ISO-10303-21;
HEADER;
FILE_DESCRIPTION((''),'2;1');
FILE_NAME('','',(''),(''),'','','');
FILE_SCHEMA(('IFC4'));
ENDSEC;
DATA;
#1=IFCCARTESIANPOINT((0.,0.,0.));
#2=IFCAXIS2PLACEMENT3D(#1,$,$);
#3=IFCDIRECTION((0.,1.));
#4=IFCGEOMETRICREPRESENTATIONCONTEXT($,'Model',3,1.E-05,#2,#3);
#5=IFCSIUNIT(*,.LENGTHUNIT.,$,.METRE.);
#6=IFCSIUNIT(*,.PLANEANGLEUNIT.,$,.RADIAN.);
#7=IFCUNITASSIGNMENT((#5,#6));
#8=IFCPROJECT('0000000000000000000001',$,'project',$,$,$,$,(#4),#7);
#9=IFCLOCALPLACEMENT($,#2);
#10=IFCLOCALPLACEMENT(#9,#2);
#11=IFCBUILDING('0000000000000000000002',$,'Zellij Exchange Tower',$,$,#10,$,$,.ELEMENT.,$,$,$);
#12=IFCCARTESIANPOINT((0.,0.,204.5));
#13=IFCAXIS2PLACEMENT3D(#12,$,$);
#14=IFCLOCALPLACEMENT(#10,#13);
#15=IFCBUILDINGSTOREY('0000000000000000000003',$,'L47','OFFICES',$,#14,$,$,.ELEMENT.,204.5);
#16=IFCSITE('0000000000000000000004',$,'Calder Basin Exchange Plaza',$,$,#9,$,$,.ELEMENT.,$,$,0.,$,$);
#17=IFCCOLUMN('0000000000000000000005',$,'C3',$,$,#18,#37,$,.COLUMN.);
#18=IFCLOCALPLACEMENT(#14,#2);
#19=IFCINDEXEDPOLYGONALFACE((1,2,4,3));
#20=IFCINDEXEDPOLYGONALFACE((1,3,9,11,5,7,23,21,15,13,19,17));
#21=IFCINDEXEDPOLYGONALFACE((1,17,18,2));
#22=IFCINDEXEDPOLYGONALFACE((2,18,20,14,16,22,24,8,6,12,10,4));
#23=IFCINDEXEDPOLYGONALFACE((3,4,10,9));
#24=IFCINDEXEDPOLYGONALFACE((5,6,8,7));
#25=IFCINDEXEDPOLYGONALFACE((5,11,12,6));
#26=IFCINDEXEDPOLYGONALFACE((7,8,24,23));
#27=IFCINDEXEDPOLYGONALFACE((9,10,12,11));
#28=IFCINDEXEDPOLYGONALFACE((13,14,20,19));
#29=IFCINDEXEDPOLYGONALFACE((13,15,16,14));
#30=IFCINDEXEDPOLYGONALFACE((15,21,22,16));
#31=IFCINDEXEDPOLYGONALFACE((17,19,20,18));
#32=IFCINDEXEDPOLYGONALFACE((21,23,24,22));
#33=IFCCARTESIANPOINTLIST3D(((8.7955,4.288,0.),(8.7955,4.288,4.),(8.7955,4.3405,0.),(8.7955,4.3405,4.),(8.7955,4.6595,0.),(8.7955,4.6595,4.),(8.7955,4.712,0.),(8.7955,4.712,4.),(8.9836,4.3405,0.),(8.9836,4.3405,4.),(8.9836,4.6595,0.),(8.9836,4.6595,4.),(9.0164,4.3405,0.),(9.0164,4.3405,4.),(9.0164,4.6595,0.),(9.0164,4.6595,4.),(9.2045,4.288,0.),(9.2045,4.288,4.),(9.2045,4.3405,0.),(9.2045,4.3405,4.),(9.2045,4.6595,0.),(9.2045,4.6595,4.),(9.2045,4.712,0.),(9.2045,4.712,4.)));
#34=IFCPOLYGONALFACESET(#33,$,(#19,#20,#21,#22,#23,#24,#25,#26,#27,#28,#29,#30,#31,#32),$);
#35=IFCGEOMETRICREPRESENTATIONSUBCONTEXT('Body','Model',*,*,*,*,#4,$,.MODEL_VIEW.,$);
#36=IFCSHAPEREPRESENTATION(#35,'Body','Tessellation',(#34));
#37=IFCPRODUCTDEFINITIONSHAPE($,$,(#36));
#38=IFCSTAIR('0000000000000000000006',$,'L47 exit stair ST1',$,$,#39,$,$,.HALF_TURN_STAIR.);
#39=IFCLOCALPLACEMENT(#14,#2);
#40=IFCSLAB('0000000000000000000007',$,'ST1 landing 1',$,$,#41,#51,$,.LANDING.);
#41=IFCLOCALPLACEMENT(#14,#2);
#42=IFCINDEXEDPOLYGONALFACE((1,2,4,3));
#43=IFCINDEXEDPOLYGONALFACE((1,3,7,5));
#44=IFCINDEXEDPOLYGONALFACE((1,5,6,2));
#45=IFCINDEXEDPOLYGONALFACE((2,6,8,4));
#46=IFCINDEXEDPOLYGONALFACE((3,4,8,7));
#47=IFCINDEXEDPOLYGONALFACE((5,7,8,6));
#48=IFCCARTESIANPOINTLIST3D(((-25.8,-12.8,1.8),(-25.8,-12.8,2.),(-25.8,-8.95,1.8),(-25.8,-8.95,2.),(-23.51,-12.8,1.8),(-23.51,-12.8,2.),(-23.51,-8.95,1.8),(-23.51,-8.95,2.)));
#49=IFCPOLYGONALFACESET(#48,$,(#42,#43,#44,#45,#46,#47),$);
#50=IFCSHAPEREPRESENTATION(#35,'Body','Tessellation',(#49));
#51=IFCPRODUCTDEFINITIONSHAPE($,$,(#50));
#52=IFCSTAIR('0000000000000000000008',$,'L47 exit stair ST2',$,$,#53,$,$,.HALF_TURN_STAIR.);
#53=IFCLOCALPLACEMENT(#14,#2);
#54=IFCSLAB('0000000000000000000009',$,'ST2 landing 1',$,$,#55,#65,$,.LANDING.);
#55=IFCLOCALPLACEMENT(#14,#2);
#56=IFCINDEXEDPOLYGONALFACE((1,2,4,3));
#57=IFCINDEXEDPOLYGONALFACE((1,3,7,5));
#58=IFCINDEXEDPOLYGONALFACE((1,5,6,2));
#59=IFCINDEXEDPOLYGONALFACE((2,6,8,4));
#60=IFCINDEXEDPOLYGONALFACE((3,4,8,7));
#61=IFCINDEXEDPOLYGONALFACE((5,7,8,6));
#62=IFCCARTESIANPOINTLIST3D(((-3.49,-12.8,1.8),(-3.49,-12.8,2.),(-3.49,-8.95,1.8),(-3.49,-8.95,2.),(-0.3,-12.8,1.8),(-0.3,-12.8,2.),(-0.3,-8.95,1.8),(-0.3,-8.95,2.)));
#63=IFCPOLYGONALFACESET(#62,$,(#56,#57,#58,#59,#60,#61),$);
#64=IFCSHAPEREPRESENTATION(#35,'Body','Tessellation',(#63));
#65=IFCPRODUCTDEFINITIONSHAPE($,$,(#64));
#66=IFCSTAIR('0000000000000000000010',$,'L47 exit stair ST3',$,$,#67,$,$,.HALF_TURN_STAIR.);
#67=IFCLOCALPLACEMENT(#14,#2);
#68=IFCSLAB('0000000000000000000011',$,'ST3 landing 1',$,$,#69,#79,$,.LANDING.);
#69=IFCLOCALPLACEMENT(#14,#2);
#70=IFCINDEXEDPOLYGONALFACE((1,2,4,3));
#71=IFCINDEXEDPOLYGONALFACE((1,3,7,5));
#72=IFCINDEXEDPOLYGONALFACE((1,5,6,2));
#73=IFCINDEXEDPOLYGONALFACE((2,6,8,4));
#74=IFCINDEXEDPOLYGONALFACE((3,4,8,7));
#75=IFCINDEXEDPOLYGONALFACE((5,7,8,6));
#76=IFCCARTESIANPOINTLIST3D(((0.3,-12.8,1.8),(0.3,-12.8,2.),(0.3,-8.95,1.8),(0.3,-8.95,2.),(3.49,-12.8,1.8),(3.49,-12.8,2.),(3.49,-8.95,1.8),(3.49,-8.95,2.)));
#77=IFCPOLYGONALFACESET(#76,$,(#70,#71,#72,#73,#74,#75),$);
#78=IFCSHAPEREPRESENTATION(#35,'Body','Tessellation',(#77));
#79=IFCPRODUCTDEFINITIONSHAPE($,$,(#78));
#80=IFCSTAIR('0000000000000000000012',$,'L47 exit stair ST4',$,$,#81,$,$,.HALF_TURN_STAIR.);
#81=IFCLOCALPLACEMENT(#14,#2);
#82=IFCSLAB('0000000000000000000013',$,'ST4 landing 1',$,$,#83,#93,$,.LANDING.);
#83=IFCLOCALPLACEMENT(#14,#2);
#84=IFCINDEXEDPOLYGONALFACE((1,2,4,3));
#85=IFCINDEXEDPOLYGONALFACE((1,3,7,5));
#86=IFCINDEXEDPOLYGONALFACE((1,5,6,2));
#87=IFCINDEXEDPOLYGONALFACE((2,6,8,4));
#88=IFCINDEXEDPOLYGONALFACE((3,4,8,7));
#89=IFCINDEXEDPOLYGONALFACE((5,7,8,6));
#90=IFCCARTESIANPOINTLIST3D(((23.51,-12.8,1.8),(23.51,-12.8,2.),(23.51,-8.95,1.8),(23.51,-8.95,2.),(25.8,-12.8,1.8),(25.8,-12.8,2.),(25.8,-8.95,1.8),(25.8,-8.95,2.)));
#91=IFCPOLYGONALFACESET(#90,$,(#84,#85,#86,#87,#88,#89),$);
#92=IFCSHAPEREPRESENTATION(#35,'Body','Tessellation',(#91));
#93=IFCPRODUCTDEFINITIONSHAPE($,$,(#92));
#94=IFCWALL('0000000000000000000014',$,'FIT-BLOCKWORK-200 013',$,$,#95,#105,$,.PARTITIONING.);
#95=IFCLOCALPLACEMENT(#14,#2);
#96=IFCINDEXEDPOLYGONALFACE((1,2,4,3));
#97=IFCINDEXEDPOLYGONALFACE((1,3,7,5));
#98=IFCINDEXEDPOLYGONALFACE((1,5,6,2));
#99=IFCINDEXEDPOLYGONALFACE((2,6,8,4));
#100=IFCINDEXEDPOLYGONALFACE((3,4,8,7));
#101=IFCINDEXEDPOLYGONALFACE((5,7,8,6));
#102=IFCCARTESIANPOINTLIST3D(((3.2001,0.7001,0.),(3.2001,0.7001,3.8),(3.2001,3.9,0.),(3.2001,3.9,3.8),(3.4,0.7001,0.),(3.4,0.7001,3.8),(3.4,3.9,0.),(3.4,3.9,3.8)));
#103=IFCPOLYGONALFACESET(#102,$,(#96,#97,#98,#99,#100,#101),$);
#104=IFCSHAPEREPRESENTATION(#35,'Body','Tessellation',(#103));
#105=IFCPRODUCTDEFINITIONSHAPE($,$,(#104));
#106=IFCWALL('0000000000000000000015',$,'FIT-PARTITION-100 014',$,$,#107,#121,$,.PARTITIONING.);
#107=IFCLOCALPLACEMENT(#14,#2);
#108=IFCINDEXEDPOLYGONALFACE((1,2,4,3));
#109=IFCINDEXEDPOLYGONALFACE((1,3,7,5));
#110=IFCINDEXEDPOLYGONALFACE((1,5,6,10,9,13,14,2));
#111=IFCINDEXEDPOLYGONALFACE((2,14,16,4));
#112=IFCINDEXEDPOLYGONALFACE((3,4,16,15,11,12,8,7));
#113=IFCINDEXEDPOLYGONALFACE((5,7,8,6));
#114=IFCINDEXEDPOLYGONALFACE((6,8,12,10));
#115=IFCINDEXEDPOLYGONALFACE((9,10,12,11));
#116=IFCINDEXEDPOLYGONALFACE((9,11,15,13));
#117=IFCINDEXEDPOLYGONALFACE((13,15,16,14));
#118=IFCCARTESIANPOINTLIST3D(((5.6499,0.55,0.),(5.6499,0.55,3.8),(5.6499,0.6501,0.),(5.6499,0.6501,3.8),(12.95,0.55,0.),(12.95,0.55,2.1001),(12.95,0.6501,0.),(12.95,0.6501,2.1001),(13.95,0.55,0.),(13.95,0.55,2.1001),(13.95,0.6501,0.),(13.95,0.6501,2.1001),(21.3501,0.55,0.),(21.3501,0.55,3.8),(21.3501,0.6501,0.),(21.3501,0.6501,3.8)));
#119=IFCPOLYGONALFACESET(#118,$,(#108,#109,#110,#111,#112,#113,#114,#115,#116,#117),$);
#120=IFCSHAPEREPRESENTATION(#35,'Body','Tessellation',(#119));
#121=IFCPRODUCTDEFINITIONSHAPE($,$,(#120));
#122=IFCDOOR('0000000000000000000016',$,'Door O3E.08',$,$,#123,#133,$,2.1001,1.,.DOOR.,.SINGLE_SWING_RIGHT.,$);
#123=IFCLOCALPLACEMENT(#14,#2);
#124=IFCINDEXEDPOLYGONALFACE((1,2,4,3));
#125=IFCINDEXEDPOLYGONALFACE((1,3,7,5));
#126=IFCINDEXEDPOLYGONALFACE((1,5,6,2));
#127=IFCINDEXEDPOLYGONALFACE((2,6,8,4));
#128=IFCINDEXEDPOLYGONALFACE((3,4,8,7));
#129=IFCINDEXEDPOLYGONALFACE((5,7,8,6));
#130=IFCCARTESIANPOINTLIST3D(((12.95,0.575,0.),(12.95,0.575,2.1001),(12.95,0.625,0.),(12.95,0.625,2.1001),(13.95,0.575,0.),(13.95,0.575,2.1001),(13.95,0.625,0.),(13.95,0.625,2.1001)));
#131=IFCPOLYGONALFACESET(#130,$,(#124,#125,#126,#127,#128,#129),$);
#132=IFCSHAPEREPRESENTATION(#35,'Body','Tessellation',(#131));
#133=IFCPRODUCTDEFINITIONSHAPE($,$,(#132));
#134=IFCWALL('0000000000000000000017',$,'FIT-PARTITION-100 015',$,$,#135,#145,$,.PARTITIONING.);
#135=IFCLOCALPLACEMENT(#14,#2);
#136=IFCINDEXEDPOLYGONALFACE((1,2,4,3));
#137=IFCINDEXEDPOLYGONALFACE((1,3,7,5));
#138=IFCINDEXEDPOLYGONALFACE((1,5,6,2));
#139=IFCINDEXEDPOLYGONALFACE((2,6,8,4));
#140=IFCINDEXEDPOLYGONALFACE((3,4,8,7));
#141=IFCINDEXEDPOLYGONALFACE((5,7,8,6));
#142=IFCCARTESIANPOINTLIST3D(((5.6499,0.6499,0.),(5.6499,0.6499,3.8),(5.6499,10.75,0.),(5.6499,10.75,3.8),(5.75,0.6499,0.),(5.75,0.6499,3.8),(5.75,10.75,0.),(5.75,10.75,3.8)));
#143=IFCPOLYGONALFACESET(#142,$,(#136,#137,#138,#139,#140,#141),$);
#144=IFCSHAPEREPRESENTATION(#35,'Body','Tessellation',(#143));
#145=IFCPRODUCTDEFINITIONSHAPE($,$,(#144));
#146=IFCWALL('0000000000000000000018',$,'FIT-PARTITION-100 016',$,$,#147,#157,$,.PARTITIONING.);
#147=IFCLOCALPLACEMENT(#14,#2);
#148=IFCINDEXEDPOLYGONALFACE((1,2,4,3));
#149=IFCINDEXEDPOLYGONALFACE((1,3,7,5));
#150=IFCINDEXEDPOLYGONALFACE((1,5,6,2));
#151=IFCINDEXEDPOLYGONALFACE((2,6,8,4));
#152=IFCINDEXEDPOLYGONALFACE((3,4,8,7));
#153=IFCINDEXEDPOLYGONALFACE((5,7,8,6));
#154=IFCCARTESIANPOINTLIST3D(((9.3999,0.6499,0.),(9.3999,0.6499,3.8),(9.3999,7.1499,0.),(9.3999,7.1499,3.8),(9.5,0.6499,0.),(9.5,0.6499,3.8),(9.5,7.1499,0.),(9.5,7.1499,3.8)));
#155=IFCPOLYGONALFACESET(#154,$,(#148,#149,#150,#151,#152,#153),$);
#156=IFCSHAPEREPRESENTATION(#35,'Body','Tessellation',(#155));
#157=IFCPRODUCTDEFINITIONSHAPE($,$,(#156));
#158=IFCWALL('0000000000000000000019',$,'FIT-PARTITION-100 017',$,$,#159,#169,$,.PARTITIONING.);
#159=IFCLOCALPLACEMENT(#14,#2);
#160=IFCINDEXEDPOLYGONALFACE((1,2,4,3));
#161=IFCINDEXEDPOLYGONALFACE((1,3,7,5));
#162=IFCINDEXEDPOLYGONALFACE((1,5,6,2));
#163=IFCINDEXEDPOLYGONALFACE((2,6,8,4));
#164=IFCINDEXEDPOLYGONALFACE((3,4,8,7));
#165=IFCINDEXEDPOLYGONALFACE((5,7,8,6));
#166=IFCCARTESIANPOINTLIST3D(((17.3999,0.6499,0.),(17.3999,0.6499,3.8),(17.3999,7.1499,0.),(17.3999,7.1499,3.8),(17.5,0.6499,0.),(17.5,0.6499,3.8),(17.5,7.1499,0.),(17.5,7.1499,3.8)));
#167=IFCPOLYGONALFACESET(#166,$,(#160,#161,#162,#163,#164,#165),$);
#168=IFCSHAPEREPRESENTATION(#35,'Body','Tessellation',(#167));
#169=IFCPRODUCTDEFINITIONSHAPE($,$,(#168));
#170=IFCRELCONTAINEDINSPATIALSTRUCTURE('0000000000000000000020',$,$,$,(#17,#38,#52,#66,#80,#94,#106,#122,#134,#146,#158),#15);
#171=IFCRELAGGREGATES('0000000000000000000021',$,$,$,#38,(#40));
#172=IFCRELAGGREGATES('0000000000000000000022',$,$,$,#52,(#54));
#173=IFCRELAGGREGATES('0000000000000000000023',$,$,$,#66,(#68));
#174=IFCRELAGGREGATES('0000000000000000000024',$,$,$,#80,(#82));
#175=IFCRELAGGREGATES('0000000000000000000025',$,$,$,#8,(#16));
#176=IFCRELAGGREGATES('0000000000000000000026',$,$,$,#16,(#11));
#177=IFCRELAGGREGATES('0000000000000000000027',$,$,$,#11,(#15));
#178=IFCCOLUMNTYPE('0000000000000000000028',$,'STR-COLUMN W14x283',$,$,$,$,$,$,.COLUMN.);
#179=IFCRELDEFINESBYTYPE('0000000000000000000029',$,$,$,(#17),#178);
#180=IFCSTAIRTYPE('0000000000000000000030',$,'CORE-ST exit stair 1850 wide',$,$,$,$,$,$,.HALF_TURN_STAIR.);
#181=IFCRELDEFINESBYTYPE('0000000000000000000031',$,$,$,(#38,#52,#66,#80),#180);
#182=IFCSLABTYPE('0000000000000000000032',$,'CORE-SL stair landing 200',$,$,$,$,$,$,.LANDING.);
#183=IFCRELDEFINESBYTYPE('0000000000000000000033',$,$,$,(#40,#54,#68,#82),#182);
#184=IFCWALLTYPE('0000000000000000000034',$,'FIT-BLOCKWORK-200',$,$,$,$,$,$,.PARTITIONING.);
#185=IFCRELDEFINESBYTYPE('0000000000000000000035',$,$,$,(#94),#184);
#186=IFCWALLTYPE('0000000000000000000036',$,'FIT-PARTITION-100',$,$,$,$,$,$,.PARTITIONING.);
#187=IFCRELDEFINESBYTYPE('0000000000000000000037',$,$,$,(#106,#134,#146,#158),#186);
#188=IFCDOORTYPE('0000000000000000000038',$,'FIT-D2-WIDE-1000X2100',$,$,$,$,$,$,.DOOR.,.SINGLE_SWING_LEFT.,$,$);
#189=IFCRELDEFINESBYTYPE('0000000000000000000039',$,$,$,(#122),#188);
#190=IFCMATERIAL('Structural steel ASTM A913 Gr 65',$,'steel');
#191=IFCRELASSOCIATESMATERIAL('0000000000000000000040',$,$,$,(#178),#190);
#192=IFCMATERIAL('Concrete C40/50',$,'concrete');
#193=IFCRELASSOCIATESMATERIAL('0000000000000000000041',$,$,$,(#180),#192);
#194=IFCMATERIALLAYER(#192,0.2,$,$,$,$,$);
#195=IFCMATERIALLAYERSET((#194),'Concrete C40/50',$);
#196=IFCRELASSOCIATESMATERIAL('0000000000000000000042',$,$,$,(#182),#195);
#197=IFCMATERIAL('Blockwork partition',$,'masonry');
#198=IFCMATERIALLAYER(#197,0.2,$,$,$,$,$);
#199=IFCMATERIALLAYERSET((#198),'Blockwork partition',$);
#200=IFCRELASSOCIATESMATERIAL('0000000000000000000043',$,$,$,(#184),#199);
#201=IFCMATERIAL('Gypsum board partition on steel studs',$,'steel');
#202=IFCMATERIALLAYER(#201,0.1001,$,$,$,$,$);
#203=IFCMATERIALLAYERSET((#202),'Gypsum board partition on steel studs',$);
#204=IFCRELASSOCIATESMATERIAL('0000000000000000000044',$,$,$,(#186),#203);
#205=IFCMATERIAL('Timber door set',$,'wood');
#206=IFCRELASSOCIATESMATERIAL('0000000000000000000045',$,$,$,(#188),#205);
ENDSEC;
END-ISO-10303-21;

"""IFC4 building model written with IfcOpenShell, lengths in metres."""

from ifc_helpers import new_model, si_unit, direction, frame, frame_2d, origin, origin_2d, place, context, subcontext, project, spatial, polyline, rectangle, i_section, outline, extrude, material, layer, layer_set, material_profile, profile_set, type_object, element, fill, aggregate, save


model = new_model("IFC4")

# Units and contexts
model_context = context("Model", 3, precision=1e-05, world=origin(), true_north=direction((0.0, 1.0)))
body_context = subcontext(model_context, "Body", "Model", "MODEL_VIEW")
ifc_project = project(units=[si_unit("LENGTHUNIT", "METRE"), si_unit("PLANEANGLEUNIT", "RADIAN")], contexts=[model_context])

# Site, building, storey
site_placement = place(None, origin())
site = spatial("IfcSite", under=ifc_project, at=site_placement, Name="Calder Basin Exchange Plaza", CompositionType="ELEMENT", RefElevation=0.0)
building_placement = place(site_placement, origin())
building = spatial("IfcBuilding", under=site, at=building_placement, Name="Zellij Exchange Tower", CompositionType="ELEMENT")
storey_placement = place(building_placement, frame((0.0, 0.0, 204.5)))
storey = spatial("IfcBuildingStorey", under=building, at=storey_placement, Name="L47", Description="OFFICES", CompositionType="ELEMENT", Elevation=204.5)

# Column
ifc_material_1 = material(Name="Structural steel ASTM A913 Gr 65", Category="steel")
ifc_material_profile = material_profile(ifc_material_1, i_section(OverallWidth=0.4089, OverallDepth=0.4241, WebThickness=0.0327, FlangeThickness=0.0525, at=origin_2d()), Name="W14x283")
ifc_profile_set = profile_set([ifc_material_profile], Name="Structural steel ASTM A913 Gr 65")
column_type = type_object("IfcColumnType", Name="STR-COLUMN W14x283", PredefinedType="COLUMN", material=ifc_profile_set)
column_placement = place(storey_placement, frame((9.0, 4.5, 0.0), z_axis=(0.0, 0.0, 1.0), x_axis=(1.0, 0.0, 0.0)))
element("IfcColumn", 1, at=column_placement, inside=storey, type_object=column_type, Name="C3", PredefinedType="COLUMN", context=body_context, shape_type="SweptSolid", body=[
    extrude(i_section(OverallWidth=0.4089, OverallDepth=0.4241, WebThickness=0.0327, FlangeThickness=0.0525, at=origin_2d()), origin(), (0.0, 0.0, 1.0), 4.0),
])

# Stairs, slabs
ifc_material_2 = material(Name="Concrete C40/50", Category="concrete")
stair_type = type_object("IfcStairType", Name="CORE-ST exit stair 1850 wide", PredefinedType="HALF_TURN_STAIR", material=ifc_material_2)
stair_1_placement = place(storey_placement, origin())
stair_1 = element("IfcStair", 2, at=stair_1_placement, inside=storey, type_object=stair_type, Name="L47 exit stair ST1", PredefinedType="HALF_TURN_STAIR")
ifc_layer_1 = layer(ifc_material_2, 0.2)
ifc_layer_set_1 = layer_set([ifc_layer_1], Name="Concrete C40/50")
slab_type = type_object("IfcSlabType", Name="CORE-SL stair landing 200", PredefinedType="LANDING", material=ifc_layer_set_1)
slab_1_placement = place(storey_placement, frame((0.0, 0.0, 1.8)))
slab_1 = element("IfcSlab", 3, at=slab_1_placement, type_object=slab_type, Name="ST1 landing 1", PredefinedType="LANDING", context=body_context, shape_type="SweptSolid", body=[
    extrude(outline(polyline([(-23.51, -8.95), (-25.8, -8.95), (-25.8, -12.8), (-23.51, -12.8), (-23.51, -8.95)])), origin(), (0.0, 0.0, 1.0), 0.2),
])
aggregate(stair_1, [slab_1])
stair_2_placement = place(storey_placement, origin())
stair_2 = element("IfcStair", 4, at=stair_2_placement, inside=storey, type_object=stair_type, Name="L47 exit stair ST2", PredefinedType="HALF_TURN_STAIR")
slab_2_placement = place(storey_placement, frame((0.0, 0.0, 1.8)))
slab_2 = element("IfcSlab", 5, at=slab_2_placement, type_object=slab_type, Name="ST2 landing 1", PredefinedType="LANDING", context=body_context, shape_type="SweptSolid", body=[
    extrude(outline(polyline([(-3.49, -12.8), (-0.3, -12.8), (-0.3, -8.95), (-3.49, -8.95), (-3.49, -12.8)])), origin(), (0.0, 0.0, 1.0), 0.2),
])
aggregate(stair_2, [slab_2])
stair_3_placement = place(storey_placement, origin())
stair_3 = element("IfcStair", 6, at=stair_3_placement, inside=storey, type_object=stair_type, Name="L47 exit stair ST3", PredefinedType="HALF_TURN_STAIR")
slab_3_placement = place(storey_placement, frame((0.0, 0.0, 1.8)))
slab_3 = element("IfcSlab", 7, at=slab_3_placement, type_object=slab_type, Name="ST3 landing 1", PredefinedType="LANDING", context=body_context, shape_type="SweptSolid", body=[
    extrude(outline(polyline([(3.49, -8.95), (0.3, -8.95), (0.3, -12.8), (3.49, -12.8), (3.49, -8.95)])), origin(), (0.0, 0.0, 1.0), 0.2),
])
aggregate(stair_3, [slab_3])
stair_4_placement = place(storey_placement, origin())
stair_4 = element("IfcStair", 8, at=stair_4_placement, inside=storey, type_object=stair_type, Name="L47 exit stair ST4", PredefinedType="HALF_TURN_STAIR")
slab_4_placement = place(storey_placement, frame((0.0, 0.0, 1.8)))
slab_4 = element("IfcSlab", 9, at=slab_4_placement, type_object=slab_type, Name="ST4 landing 1", PredefinedType="LANDING", context=body_context, shape_type="SweptSolid", body=[
    extrude(outline(polyline([(23.51, -12.8), (25.8, -12.8), (25.8, -8.95), (23.51, -8.95), (23.51, -12.8)])), origin(), (0.0, 0.0, 1.0), 0.2),
])
aggregate(stair_4, [slab_4])

# Wall
ifc_material_3 = material(Name="Blockwork partition", Category="masonry")
ifc_layer_2 = layer(ifc_material_3, 0.2)
ifc_layer_set_2 = layer_set([ifc_layer_2], Name="Blockwork partition")
wall_type_1 = type_object("IfcWallType", Name="FIT-BLOCKWORK-200", PredefinedType="PARTITIONING", material=ifc_layer_set_2)
wall_1_placement = place(storey_placement, frame((3.3, 0.7, 0.0), z_axis=(0.0, 0.0, 1.0), x_axis=(0.0, 1.0, 0.0)))
element("IfcWall", 10, at=wall_1_placement, inside=storey, type_object=wall_type_1, Name="FIT-BLOCKWORK-200 013", PredefinedType="PARTITIONING", context=body_context, shape_type="SweptSolid", body=[
    extrude(rectangle(XDim=3.2, YDim=0.2, at=frame_2d((1.6001, 0.0))), origin(), (0.0, 0.0, 1.0), 3.8),
])

# Wall, opening, door
ifc_material_4 = material(Name="Gypsum board partition on steel studs", Category="steel")
ifc_layer_3 = layer(ifc_material_4, 0.1001)
ifc_layer_set_3 = layer_set([ifc_layer_3], Name="Gypsum board partition on steel studs")
wall_type_2 = type_object("IfcWallType", Name="FIT-PARTITION-100", PredefinedType="PARTITIONING", material=ifc_layer_set_3)
wall_2_placement = place(storey_placement, frame((5.6499, 0.6001, 0.0), z_axis=(0.0, 0.0, 1.0), x_axis=(1.0, 0.0, 0.0)))
wall_2 = element("IfcWall", 11, at=wall_2_placement, inside=storey, type_object=wall_type_2, Name="FIT-PARTITION-100 014", PredefinedType="PARTITIONING", context=body_context, shape_type="SweptSolid", body=[
    extrude(rectangle(XDim=15.7002, YDim=0.1001, at=frame_2d((7.8501, 0.0))), origin(), (0.0, 0.0, 1.0), 3.8),
])
opening_1_placement = place(wall_2_placement, frame((7.3, 0.0, 0.0)))
opening_1 = element("IfcOpeningElement", 12, at=opening_1_placement, cuts=wall_2, PredefinedType="OPENING", context=body_context, shape_type="SweptSolid", body=[
    extrude(rectangle(XDim=1.0, YDim=2.1001, at=frame_2d((0.5, 1.05))), frame((0.0, 0.062, 0.0), z_axis=(0.0, -1.0, 0.0), x_axis=(1.0, 0.0, 0.0)), (0.0, 0.0, 1.0), 0.124),
])
ifc_material_5 = material(Name="Timber door set", Category="wood")
door_type = type_object("IfcDoorType", Name="FIT-D2-WIDE-1000X2100", OperationType="SINGLE_SWING_LEFT", PredefinedType="DOOR", material=ifc_material_5)
door_1_placement = place(opening_1_placement, origin())
door_1 = element("IfcDoor", 13, at=door_1_placement, inside=storey, type_object=door_type, Name="Door O3E.08", OperationType="SINGLE_SWING_RIGHT", OverallHeight=2.1001, OverallWidth=1.0, PredefinedType="DOOR", context=body_context, shape_type="SweptSolid", body=[
    extrude(rectangle(XDim=1.0, YDim=2.1001, at=frame_2d((0.5, 1.05))), frame((0.0, 0.0249, 0.0), z_axis=(0.0, -1.0, 0.0), x_axis=(1.0, 0.0, 0.0)), (0.0, 0.0, 1.0), 0.05),
])
fill(opening_1, door_1)

# Walls
wall_3_placement = place(storey_placement, frame((5.7, 0.6499, 0.0), z_axis=(0.0, 0.0, 1.0), x_axis=(0.0, 1.0, 0.0)))
element("IfcWall", 14, at=wall_3_placement, inside=storey, type_object=wall_type_2, Name="FIT-PARTITION-100 015", PredefinedType="PARTITIONING", context=body_context, shape_type="SweptSolid", body=[
    extrude(rectangle(XDim=10.1001, YDim=0.1001, at=frame_2d((5.05, 0.0))), origin(), (0.0, 0.0, 1.0), 3.8),
])
for number, where, z_axis, x_axis, name in (
    (15, (9.45, 0.6499, 0.0), (0.0, 0.0, 1.0), (0.0, 1.0, 0.0), "FIT-PARTITION-100 016"),
    (16, (17.45, 0.6499, 0.0), (0.0, 0.0, 1.0), (0.0, 1.0, 0.0), "FIT-PARTITION-100 017"),
):
    element("IfcWall", number, at=place(storey_placement, frame(where, z_axis=z_axis, x_axis=x_axis)), inside=storey, type_object=wall_type_2, Name=name, PredefinedType="PARTITIONING", context=body_context, shape_type="SweptSolid", body=[
        extrude(rectangle(XDim=6.5, YDim=0.1001, at=frame_2d((3.25, 0.0))), origin(), (0.0, 0.0, 1.0), 3.8),
    ])

save(model, "model.ifc")
